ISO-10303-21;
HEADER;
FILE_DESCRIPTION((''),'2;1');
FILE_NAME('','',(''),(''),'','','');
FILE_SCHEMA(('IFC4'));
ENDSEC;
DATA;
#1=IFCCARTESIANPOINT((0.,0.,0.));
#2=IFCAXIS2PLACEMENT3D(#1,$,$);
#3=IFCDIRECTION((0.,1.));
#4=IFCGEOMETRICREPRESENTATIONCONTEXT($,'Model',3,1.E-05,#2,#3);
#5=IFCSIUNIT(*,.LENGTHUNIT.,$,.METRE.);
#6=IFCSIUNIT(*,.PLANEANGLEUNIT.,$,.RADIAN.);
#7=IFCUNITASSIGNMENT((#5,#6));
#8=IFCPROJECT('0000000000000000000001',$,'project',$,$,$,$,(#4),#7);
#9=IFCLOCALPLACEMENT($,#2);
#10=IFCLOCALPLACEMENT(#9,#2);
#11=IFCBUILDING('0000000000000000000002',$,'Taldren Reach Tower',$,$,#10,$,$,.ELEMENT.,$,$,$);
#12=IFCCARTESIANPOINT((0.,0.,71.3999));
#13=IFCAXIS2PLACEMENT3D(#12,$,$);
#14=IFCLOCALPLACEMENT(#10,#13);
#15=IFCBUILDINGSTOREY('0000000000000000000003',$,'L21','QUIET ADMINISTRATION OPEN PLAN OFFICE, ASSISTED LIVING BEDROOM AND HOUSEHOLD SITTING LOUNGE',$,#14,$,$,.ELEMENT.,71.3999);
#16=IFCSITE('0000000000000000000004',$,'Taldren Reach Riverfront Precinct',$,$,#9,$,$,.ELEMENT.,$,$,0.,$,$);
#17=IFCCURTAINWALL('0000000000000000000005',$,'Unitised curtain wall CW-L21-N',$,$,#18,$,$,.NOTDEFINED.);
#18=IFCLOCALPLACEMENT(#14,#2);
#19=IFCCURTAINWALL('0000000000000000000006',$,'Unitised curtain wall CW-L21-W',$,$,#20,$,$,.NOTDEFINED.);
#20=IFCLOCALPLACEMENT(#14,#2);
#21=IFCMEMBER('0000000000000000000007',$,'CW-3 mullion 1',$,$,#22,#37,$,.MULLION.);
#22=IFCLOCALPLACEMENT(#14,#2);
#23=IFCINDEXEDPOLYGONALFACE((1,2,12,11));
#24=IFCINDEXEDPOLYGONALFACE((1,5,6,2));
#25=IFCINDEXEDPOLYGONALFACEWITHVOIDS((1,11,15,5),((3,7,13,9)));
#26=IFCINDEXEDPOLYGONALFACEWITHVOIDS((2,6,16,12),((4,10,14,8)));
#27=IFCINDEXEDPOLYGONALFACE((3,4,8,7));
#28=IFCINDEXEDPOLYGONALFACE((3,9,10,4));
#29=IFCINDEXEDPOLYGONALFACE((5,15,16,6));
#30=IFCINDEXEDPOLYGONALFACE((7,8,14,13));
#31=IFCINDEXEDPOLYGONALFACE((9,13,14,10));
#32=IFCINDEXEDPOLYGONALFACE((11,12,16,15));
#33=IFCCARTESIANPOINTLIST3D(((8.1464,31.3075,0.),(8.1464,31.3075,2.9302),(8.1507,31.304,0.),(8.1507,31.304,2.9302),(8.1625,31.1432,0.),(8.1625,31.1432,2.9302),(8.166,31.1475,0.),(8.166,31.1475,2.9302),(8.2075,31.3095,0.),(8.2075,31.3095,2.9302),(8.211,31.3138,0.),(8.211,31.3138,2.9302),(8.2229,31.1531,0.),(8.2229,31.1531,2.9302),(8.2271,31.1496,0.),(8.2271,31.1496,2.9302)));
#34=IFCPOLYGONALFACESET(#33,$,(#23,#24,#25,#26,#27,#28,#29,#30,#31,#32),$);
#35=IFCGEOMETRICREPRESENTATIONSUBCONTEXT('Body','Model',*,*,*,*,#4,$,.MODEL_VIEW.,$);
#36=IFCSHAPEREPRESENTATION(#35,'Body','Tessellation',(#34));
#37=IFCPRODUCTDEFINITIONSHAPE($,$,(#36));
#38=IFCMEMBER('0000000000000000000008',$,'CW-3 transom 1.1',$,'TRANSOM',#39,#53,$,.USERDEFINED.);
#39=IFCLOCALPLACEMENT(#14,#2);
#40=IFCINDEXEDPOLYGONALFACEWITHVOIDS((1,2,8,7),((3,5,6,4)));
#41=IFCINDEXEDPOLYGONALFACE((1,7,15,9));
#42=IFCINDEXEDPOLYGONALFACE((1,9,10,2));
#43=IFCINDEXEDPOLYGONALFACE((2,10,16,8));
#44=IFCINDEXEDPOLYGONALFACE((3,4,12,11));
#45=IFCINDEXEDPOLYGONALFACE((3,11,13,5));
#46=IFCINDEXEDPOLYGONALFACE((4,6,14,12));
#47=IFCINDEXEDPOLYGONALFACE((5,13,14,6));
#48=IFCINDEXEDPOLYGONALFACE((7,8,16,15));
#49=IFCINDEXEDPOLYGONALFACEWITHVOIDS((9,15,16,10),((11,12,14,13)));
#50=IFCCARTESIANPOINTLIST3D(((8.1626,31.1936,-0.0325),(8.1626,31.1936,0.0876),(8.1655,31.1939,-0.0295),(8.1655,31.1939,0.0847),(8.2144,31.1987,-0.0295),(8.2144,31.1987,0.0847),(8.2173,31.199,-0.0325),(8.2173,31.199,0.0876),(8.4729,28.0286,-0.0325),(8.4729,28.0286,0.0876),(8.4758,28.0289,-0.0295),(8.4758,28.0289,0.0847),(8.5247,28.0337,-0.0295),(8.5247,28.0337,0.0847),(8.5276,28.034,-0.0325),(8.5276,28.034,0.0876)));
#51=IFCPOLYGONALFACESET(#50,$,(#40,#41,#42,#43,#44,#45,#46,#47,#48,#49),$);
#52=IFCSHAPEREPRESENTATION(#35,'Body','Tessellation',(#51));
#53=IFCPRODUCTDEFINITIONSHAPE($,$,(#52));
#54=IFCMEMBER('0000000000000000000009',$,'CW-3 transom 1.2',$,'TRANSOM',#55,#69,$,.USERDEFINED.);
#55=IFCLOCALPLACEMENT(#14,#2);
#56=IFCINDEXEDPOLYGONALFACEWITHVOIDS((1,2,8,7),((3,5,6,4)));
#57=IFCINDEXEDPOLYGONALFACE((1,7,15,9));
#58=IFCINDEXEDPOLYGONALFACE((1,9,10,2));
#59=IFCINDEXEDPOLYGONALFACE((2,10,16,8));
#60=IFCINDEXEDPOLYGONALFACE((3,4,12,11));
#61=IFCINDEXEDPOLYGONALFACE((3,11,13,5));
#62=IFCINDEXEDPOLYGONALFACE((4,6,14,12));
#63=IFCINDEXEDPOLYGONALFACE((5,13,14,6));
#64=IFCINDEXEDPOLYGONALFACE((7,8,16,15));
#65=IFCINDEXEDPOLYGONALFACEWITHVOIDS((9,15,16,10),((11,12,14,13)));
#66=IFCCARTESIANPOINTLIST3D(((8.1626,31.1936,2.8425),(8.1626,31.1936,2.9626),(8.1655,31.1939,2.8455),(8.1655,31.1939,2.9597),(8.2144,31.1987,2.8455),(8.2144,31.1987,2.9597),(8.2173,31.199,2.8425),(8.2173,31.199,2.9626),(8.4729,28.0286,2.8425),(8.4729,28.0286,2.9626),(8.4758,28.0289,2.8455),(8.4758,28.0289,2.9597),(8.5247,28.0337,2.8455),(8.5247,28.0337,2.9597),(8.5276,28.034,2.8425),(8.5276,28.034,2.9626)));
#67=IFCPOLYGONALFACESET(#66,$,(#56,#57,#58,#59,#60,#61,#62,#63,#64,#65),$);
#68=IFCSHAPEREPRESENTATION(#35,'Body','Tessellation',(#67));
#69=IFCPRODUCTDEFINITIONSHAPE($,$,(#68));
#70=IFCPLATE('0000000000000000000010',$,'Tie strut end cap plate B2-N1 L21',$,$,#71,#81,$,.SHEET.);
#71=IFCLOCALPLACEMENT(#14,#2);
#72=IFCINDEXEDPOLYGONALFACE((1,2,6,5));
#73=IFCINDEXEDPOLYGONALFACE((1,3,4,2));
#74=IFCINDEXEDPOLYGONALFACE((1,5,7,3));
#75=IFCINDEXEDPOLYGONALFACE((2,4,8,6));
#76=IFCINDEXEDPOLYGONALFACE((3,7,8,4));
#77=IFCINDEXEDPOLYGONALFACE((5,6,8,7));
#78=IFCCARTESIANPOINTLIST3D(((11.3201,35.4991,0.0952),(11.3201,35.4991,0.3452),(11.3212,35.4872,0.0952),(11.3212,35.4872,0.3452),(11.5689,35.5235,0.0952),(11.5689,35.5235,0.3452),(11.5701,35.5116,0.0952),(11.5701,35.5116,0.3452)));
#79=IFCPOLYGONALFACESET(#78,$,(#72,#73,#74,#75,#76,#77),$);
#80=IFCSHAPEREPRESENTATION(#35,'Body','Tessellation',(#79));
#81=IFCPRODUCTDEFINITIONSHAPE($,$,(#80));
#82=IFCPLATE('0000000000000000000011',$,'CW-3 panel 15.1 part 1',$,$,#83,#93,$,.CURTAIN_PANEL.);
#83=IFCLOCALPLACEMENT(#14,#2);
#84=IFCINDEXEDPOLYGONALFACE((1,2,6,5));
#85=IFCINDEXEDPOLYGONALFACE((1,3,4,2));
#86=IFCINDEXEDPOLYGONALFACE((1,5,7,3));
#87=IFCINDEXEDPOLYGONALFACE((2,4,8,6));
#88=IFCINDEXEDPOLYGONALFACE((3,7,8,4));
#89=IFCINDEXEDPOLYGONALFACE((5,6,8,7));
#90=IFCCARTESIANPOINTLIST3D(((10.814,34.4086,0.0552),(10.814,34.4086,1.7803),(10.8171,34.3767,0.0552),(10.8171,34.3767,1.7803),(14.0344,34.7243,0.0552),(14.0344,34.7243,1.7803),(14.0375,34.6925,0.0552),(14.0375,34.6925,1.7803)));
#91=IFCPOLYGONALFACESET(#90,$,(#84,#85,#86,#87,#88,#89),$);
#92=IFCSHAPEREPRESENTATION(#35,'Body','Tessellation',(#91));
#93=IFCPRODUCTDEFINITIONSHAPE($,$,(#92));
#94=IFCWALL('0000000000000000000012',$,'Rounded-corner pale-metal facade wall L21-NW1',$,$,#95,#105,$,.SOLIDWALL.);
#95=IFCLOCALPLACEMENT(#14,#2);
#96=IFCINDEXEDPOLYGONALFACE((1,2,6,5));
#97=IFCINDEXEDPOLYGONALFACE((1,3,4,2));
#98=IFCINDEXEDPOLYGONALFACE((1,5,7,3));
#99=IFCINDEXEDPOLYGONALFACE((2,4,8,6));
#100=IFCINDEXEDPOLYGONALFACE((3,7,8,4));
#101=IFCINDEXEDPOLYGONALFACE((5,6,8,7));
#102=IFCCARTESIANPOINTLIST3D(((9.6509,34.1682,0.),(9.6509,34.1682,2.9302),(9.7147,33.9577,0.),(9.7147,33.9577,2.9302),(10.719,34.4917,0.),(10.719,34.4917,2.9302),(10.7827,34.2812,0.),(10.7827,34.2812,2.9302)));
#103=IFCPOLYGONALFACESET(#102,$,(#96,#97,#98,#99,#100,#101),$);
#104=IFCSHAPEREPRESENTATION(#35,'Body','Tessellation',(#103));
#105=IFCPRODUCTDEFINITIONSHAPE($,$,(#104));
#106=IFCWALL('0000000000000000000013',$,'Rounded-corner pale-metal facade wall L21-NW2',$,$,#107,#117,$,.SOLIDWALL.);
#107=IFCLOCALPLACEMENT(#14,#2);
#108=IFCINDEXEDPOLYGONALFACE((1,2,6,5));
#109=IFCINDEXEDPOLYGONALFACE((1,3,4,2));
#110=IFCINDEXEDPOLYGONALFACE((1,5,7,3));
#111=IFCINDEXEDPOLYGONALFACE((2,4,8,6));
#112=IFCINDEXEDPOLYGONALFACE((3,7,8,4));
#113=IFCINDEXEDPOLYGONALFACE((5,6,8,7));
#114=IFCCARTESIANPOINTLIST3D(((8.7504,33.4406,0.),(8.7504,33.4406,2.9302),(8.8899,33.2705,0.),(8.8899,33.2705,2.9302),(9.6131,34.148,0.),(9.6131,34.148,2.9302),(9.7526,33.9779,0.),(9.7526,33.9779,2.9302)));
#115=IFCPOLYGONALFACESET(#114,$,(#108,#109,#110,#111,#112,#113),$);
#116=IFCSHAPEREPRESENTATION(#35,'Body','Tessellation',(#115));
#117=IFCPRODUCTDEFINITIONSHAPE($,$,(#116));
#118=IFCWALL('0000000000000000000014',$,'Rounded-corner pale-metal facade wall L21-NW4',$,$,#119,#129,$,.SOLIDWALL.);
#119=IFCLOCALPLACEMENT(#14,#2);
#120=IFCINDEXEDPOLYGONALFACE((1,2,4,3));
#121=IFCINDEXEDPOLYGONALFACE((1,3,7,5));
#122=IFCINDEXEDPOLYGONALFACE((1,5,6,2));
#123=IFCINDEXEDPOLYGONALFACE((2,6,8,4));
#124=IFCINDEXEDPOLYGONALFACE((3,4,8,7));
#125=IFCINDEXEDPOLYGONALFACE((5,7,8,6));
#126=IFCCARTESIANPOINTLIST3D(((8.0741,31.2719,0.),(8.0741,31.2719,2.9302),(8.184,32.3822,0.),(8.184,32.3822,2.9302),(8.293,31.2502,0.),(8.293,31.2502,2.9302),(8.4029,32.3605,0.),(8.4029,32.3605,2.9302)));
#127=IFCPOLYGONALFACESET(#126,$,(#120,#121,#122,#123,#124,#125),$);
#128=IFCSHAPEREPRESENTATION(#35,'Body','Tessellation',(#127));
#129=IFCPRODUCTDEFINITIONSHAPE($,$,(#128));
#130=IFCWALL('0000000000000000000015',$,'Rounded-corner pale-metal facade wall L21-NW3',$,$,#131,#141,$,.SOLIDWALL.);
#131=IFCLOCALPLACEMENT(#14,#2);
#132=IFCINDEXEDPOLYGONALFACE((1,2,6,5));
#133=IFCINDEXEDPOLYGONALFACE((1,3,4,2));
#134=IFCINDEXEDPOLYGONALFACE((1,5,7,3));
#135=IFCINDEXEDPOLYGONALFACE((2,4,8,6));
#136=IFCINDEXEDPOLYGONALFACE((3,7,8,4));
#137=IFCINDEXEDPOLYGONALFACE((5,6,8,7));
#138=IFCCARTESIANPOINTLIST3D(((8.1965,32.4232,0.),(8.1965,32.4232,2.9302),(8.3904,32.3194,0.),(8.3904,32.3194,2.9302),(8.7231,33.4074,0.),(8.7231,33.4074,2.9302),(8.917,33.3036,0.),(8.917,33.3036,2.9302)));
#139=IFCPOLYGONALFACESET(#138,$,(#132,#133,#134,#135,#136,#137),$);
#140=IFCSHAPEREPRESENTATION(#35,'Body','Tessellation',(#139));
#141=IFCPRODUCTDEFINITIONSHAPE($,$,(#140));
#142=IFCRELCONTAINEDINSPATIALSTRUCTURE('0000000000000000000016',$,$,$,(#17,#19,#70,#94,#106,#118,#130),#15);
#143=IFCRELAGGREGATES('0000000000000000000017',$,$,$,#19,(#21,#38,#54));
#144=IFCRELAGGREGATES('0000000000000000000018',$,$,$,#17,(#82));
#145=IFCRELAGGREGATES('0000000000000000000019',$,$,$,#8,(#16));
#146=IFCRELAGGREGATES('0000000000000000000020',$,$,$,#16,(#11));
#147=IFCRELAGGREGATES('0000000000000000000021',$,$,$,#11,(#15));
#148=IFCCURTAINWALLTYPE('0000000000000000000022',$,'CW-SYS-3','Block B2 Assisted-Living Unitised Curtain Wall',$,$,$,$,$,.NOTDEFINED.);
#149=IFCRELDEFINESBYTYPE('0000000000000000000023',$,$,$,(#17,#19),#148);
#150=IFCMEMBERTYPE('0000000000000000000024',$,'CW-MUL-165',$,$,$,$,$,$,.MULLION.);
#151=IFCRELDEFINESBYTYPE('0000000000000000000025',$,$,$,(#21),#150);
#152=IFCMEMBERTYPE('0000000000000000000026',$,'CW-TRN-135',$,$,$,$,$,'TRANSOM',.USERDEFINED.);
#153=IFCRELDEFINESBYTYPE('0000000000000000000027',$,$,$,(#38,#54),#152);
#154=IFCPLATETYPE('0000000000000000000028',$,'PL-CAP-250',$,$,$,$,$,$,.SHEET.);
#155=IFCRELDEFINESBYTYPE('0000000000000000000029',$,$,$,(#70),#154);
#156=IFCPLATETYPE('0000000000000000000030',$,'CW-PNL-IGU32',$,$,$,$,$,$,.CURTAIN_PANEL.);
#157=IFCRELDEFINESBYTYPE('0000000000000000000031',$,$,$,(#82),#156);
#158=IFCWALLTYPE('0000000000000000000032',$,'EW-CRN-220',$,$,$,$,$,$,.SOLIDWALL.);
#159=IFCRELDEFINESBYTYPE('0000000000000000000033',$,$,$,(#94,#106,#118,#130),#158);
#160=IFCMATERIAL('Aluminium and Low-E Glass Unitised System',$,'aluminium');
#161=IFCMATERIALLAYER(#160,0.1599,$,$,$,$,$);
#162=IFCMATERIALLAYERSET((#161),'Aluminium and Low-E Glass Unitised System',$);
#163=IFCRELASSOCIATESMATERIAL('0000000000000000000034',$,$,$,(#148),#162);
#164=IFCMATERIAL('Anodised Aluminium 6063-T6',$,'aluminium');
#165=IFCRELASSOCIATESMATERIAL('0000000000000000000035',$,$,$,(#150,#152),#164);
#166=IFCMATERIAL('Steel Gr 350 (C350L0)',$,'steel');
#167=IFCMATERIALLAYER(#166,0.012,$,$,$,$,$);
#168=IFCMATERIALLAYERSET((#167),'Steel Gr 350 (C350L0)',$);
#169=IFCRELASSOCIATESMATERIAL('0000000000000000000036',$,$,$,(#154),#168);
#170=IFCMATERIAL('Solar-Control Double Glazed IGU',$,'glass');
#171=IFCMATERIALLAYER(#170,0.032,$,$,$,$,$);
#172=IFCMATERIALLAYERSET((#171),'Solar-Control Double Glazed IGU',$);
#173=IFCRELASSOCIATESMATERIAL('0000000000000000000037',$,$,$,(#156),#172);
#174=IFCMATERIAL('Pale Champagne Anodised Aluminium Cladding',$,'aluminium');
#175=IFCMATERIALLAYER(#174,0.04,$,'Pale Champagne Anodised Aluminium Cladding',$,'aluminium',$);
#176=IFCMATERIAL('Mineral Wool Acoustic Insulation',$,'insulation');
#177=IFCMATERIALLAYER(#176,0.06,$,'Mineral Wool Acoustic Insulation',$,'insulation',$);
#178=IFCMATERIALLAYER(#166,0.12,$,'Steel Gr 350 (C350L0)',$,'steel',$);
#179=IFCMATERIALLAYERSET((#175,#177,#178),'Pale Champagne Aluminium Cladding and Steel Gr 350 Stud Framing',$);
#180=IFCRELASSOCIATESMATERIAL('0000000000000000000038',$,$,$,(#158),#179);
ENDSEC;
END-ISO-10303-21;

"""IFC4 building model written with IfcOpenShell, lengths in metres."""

from ifc_helpers import new_model, si_unit, direction, frame, frame_2d, origin, origin_2d, place, context, subcontext, project, spatial, rectangle, hollow_rectangle, extrude, source, transform, mapped, material, layer, layer_set, material_profile, profile_set, type_object, element, aggregate, save


model = new_model("IFC4")

# Units and contexts
model_context = context("Model", 3, precision=1e-05, world=origin(), true_north=direction((0.0, 1.0)))
body_context = subcontext(model_context, "Body", "Model", "MODEL_VIEW")
ifc_project = project(units=[si_unit("LENGTHUNIT", "METRE"), si_unit("PLANEANGLEUNIT", "RADIAN")], contexts=[model_context])

# Site, building, storey
site_placement = place(None, origin())
site = spatial("IfcSite", under=ifc_project, at=site_placement, Name="Taldren Reach Riverfront Precinct", CompositionType="ELEMENT", RefElevation=0.0)
building_placement = place(site_placement, origin())
building = spatial("IfcBuilding", under=site, at=building_placement, Name="Taldren Reach Tower", CompositionType="ELEMENT")
storey_placement = place(building_placement, frame((0.0, 0.0, 71.3999)))
storey = spatial("IfcBuildingStorey", under=building, at=storey_placement, Name="L21", Description="QUIET ADMINISTRATION OPEN PLAN OFFICE, ASSISTED LIVING BEDROOM AND HOUSEHOLD SITTING LOUNGE", CompositionType="ELEMENT", Elevation=71.3999)

# Shared definitions
ifc_material_1 = material(Name="Steel Gr 350 (C350L0)", Category="steel")

# Curtain wall
ifc_material_2 = material(Name="Aluminium and Low-E Glass Unitised System", Category="aluminium")
ifc_layer_1 = layer(ifc_material_2, 0.1599)
ifc_layer_set_1 = layer_set([ifc_layer_1], Name="Aluminium and Low-E Glass Unitised System")
curtain_wall_type = type_object("IfcCurtainWallType", Name="CW-SYS-3", Description="Block B2 Assisted-Living Unitised Curtain Wall", PredefinedType="NOTDEFINED", material=ifc_layer_set_1)
curtain_wall_1_placement = place(storey_placement, origin())
curtain_wall_1 = element("IfcCurtainWall", 1, at=curtain_wall_1_placement, inside=storey, type_object=curtain_wall_type, Name="Unitised curtain wall CW-L21-N", PredefinedType="NOTDEFINED")
ifc_material_3 = material(Name="Anodised Aluminium 6063-T6", Category="aluminium")
ifc_material_profile_1 = material_profile(ifc_material_3, hollow_rectangle(XDim=0.0649, YDim=0.165, WallThickness=0.0039, at=origin_2d()), Name="ALU-165x65x4RHS")
ifc_profile_set_1 = profile_set([ifc_material_profile_1], Name="Anodised Aluminium 6063-T6")
member_type_1 = type_object("IfcMemberType", Name="CW-MUL-165", PredefinedType="MULLION", material=ifc_profile_set_1)
shared_shape_1 = source(origin(), body_context, "Body", "SweptSolid", [
    extrude(hollow_rectangle(XDim=0.0649, YDim=0.165, WallThickness=0.0039, at=origin_2d()), origin(), (0.0, 0.0, 1.0), 2.9302),
])

# Curtain wall, members
curtain_wall_2_placement = place(storey_placement, origin())
curtain_wall_2 = element("IfcCurtainWall", 2, at=curtain_wall_2_placement, inside=storey, type_object=curtain_wall_type, Name="Unitised curtain wall CW-L21-W", PredefinedType="NOTDEFINED")
member_1_placement = place(storey_placement, frame((8.1868, 31.2285, 0.0), z_axis=(0.0, 0.0, 1.0), x_axis=(0.995227, 0.097583, 0.0)))
member_1 = element("IfcMember", 3, at=member_1_placement, type_object=member_type_1, Name="CW-3 mullion 1", PredefinedType="MULLION", context=body_context, shape_type="MappedRepresentation", body=[
    mapped(shared_shape_1, transform((0.0, 0.0, 0.0), scale=1.0)),
])
ifc_material_profile_2 = material_profile(ifc_material_3, hollow_rectangle(XDim=0.0549, YDim=0.1201, WallThickness=0.0029, at=origin_2d()), Name="ALU-120x55x3RHS")
ifc_profile_set_2 = profile_set([ifc_material_profile_2], Name="Anodised Aluminium 6063-T6")
member_type_2 = type_object("IfcMemberType", Name="CW-TRN-135", ElementType="TRANSOM", PredefinedType="USERDEFINED", material=ifc_profile_set_2)
shared_shape_2 = source(origin(), body_context, "Body", "SweptSolid", [
    extrude(hollow_rectangle(XDim=0.0549, YDim=0.1201, WallThickness=0.0029, at=origin_2d()), origin(), (0.0, 0.0, 1.0), 3.1802),
])
member_2_placement = place(storey_placement, frame((8.1899, 31.1963, 0.0276), z_axis=(0.097573, -0.995228, 0.0), x_axis=(0.995228, 0.097573, 0.0)))
member_2 = element("IfcMember", 4, at=member_2_placement, type_object=member_type_2, Name="CW-3 transom 1.1", ObjectType="TRANSOM", PredefinedType="USERDEFINED", context=body_context, shape_type="MappedRepresentation", body=[
    mapped(shared_shape_2, transform((0.0, 0.0, 0.0), scale=1.0)),
])
member_3_placement = place(storey_placement, frame((8.1899, 31.1963, 2.9026), z_axis=(0.097573, -0.995228, 0.0), x_axis=(0.995228, 0.097573, 0.0)))
member_3 = element("IfcMember", 5, at=member_3_placement, type_object=member_type_2, Name="CW-3 transom 1.2", ObjectType="TRANSOM", PredefinedType="USERDEFINED", context=body_context, shape_type="MappedRepresentation", body=[
    mapped(shared_shape_2, transform((0.0, 0.0, 0.0), scale=1.0)),
])
aggregate(curtain_wall_2, [member_1, member_2, member_3])

# Plates
ifc_layer_2 = layer(ifc_material_1, 0.012)
ifc_layer_set_2 = layer_set([ifc_layer_2], Name="Steel Gr 350 (C350L0)")
plate_type_1 = type_object("IfcPlateType", Name="PL-CAP-250", PredefinedType="SHEET", material=ifc_layer_set_2)
shared_shape_3 = source(origin(), body_context, "Body", "SweptSolid", [
    extrude(rectangle(XDim=0.25, YDim=0.012, at=origin_2d()), origin(), (0.0, 0.0, 1.0), 0.25),
])
plate_1_placement = place(storey_placement, frame((11.4451, 35.5054, 0.0952), z_axis=(0.0, 0.0, 1.0), x_axis=(0.995227, 0.097583, 0.0)))
element("IfcPlate", 6, at=plate_1_placement, inside=storey, type_object=plate_type_1, Name="Tie strut end cap plate B2-N1 L21", PredefinedType="SHEET", context=body_context, shape_type="MappedRepresentation", body=[
    mapped(shared_shape_3, transform((0.0, 0.0, 0.0), scale=1.0)),
])
ifc_material_4 = material(Name="Solar-Control Double Glazed IGU", Category="glass")
ifc_layer_3 = layer(ifc_material_4, 0.032)
ifc_layer_set_3 = layer_set([ifc_layer_3], Name="Solar-Control Double Glazed IGU")
plate_type_2 = type_object("IfcPlateType", Name="CW-PNL-IGU32", PredefinedType="CURTAIN_PANEL", material=ifc_layer_set_3)
shared_shape_4 = source(origin(), body_context, "Body", "SweptSolid", [
    extrude(rectangle(XDim=3.2358, YDim=0.032, at=origin_2d()), origin(), (0.0, 0.0, 1.0), 1.7251),
])
plate_2_placement = place(storey_placement, frame((12.4258, 34.5505, 0.0552), z_axis=(0.0, 0.0, 1.0), x_axis=(-0.995227, -0.097583, 0.0)))
plate_2 = element("IfcPlate", 7, at=plate_2_placement, type_object=plate_type_2, Name="CW-3 panel 15.1 part 1", PredefinedType="CURTAIN_PANEL", context=body_context, shape_type="MappedRepresentation", body=[
    mapped(shared_shape_4, transform((0.0, 0.0, 0.0), scale=1.0)),
])
aggregate(curtain_wall_1, [plate_2])

# Walls
ifc_material_5 = material(Name="Pale Champagne Anodised Aluminium Cladding", Category="aluminium")
ifc_layer_4 = layer(ifc_material_5, 0.04, Name="Pale Champagne Anodised Aluminium Cladding", Category="aluminium")
ifc_material_6 = material(Name="Mineral Wool Acoustic Insulation", Category="insulation")
ifc_layer_5 = layer(ifc_material_6, 0.06, Name="Mineral Wool Acoustic Insulation", Category="insulation")
ifc_layer_6 = layer(ifc_material_1, 0.12, Name="Steel Gr 350 (C350L0)", Category="steel")
ifc_layer_set_4 = layer_set([ifc_layer_4, ifc_layer_5, ifc_layer_6], Name="Pale Champagne Aluminium Cladding and Steel Gr 350 Stud Framing")
wall_type_1 = type_object("IfcWallType", Name="EW-CRN-220", PredefinedType="SOLIDWALL", material=ifc_layer_set_4)
shared_shape_5 = source(origin(), body_context, "Body", "SweptSolid", [
    extrude(rectangle(XDim=1.116, YDim=0.22, at=frame_2d((0.5581, 0.0))), origin(), (0.0, 0.0, 1.0), 2.9302),
])
wall_1_placement = place(storey_placement, frame((10.751, 34.3865, 0.0), z_axis=(0.0, 0.0, 1.0), x_axis=(-0.95707, -0.289856, 0.0)))
element("IfcWall", 8, at=wall_1_placement, inside=storey, type_object=wall_type_1, Name="Rounded-corner pale-metal facade wall L21-NW1", PredefinedType="SOLIDWALL", context=body_context, shape_type="MappedRepresentation", body=[
    mapped(shared_shape_5, transform((0.0, 0.0, 0.0), scale=1.0)),
])
shared_shape_6 = source(origin(), body_context, "Body", "SweptSolid", [
    extrude(rectangle(XDim=1.1157, YDim=0.22, at=frame_2d((0.5579, 0.0))), origin(), (0.0, 0.0, 1.0), 2.9302),
])
for number, where, z_axis, x_axis, name in (
    (9, (9.6829, 34.063, 0.0), (0.0, 0.0, 1.0), (-0.773255, -0.634095, 0.0), "Rounded-corner pale-metal facade wall L21-NW2"),
    (10, (8.2935, 32.3713, 0.0), (0.0, 0.0, 1.0), (-0.098464, -0.995141, 0.0), "Rounded-corner pale-metal facade wall L21-NW4"),
):
    element("IfcWall", number, at=place(storey_placement, frame(where, z_axis=z_axis, x_axis=x_axis)), inside=storey, type_object=wall_type_1, Name=name, PredefinedType="SOLIDWALL", context=body_context, shape_type="MappedRepresentation", body=[
        mapped(shared_shape_6, transform((0.0, 0.0, 0.0), scale=1.0)),
    ])
shared_shape_7 = source(origin(), body_context, "Body", "SweptSolid", [
    extrude(rectangle(XDim=1.1162, YDim=0.22, at=frame_2d((0.5581, 0.0))), origin(), (0.0, 0.0, 1.0), 2.9302),
])
wall_2_placement = place(storey_placement, frame((8.8201, 33.3555, 0.0), z_axis=(0.0, 0.0, 1.0), x_axis=(-0.471803, -0.881704, 0.0)))
element("IfcWall", 11, at=wall_2_placement, inside=storey, type_object=wall_type_1, Name="Rounded-corner pale-metal facade wall L21-NW3", PredefinedType="SOLIDWALL", context=body_context, shape_type="MappedRepresentation", body=[
    mapped(shared_shape_7, transform((0.0, 0.0, 0.0), scale=1.0)),
])

save(model, "model.ifc")
